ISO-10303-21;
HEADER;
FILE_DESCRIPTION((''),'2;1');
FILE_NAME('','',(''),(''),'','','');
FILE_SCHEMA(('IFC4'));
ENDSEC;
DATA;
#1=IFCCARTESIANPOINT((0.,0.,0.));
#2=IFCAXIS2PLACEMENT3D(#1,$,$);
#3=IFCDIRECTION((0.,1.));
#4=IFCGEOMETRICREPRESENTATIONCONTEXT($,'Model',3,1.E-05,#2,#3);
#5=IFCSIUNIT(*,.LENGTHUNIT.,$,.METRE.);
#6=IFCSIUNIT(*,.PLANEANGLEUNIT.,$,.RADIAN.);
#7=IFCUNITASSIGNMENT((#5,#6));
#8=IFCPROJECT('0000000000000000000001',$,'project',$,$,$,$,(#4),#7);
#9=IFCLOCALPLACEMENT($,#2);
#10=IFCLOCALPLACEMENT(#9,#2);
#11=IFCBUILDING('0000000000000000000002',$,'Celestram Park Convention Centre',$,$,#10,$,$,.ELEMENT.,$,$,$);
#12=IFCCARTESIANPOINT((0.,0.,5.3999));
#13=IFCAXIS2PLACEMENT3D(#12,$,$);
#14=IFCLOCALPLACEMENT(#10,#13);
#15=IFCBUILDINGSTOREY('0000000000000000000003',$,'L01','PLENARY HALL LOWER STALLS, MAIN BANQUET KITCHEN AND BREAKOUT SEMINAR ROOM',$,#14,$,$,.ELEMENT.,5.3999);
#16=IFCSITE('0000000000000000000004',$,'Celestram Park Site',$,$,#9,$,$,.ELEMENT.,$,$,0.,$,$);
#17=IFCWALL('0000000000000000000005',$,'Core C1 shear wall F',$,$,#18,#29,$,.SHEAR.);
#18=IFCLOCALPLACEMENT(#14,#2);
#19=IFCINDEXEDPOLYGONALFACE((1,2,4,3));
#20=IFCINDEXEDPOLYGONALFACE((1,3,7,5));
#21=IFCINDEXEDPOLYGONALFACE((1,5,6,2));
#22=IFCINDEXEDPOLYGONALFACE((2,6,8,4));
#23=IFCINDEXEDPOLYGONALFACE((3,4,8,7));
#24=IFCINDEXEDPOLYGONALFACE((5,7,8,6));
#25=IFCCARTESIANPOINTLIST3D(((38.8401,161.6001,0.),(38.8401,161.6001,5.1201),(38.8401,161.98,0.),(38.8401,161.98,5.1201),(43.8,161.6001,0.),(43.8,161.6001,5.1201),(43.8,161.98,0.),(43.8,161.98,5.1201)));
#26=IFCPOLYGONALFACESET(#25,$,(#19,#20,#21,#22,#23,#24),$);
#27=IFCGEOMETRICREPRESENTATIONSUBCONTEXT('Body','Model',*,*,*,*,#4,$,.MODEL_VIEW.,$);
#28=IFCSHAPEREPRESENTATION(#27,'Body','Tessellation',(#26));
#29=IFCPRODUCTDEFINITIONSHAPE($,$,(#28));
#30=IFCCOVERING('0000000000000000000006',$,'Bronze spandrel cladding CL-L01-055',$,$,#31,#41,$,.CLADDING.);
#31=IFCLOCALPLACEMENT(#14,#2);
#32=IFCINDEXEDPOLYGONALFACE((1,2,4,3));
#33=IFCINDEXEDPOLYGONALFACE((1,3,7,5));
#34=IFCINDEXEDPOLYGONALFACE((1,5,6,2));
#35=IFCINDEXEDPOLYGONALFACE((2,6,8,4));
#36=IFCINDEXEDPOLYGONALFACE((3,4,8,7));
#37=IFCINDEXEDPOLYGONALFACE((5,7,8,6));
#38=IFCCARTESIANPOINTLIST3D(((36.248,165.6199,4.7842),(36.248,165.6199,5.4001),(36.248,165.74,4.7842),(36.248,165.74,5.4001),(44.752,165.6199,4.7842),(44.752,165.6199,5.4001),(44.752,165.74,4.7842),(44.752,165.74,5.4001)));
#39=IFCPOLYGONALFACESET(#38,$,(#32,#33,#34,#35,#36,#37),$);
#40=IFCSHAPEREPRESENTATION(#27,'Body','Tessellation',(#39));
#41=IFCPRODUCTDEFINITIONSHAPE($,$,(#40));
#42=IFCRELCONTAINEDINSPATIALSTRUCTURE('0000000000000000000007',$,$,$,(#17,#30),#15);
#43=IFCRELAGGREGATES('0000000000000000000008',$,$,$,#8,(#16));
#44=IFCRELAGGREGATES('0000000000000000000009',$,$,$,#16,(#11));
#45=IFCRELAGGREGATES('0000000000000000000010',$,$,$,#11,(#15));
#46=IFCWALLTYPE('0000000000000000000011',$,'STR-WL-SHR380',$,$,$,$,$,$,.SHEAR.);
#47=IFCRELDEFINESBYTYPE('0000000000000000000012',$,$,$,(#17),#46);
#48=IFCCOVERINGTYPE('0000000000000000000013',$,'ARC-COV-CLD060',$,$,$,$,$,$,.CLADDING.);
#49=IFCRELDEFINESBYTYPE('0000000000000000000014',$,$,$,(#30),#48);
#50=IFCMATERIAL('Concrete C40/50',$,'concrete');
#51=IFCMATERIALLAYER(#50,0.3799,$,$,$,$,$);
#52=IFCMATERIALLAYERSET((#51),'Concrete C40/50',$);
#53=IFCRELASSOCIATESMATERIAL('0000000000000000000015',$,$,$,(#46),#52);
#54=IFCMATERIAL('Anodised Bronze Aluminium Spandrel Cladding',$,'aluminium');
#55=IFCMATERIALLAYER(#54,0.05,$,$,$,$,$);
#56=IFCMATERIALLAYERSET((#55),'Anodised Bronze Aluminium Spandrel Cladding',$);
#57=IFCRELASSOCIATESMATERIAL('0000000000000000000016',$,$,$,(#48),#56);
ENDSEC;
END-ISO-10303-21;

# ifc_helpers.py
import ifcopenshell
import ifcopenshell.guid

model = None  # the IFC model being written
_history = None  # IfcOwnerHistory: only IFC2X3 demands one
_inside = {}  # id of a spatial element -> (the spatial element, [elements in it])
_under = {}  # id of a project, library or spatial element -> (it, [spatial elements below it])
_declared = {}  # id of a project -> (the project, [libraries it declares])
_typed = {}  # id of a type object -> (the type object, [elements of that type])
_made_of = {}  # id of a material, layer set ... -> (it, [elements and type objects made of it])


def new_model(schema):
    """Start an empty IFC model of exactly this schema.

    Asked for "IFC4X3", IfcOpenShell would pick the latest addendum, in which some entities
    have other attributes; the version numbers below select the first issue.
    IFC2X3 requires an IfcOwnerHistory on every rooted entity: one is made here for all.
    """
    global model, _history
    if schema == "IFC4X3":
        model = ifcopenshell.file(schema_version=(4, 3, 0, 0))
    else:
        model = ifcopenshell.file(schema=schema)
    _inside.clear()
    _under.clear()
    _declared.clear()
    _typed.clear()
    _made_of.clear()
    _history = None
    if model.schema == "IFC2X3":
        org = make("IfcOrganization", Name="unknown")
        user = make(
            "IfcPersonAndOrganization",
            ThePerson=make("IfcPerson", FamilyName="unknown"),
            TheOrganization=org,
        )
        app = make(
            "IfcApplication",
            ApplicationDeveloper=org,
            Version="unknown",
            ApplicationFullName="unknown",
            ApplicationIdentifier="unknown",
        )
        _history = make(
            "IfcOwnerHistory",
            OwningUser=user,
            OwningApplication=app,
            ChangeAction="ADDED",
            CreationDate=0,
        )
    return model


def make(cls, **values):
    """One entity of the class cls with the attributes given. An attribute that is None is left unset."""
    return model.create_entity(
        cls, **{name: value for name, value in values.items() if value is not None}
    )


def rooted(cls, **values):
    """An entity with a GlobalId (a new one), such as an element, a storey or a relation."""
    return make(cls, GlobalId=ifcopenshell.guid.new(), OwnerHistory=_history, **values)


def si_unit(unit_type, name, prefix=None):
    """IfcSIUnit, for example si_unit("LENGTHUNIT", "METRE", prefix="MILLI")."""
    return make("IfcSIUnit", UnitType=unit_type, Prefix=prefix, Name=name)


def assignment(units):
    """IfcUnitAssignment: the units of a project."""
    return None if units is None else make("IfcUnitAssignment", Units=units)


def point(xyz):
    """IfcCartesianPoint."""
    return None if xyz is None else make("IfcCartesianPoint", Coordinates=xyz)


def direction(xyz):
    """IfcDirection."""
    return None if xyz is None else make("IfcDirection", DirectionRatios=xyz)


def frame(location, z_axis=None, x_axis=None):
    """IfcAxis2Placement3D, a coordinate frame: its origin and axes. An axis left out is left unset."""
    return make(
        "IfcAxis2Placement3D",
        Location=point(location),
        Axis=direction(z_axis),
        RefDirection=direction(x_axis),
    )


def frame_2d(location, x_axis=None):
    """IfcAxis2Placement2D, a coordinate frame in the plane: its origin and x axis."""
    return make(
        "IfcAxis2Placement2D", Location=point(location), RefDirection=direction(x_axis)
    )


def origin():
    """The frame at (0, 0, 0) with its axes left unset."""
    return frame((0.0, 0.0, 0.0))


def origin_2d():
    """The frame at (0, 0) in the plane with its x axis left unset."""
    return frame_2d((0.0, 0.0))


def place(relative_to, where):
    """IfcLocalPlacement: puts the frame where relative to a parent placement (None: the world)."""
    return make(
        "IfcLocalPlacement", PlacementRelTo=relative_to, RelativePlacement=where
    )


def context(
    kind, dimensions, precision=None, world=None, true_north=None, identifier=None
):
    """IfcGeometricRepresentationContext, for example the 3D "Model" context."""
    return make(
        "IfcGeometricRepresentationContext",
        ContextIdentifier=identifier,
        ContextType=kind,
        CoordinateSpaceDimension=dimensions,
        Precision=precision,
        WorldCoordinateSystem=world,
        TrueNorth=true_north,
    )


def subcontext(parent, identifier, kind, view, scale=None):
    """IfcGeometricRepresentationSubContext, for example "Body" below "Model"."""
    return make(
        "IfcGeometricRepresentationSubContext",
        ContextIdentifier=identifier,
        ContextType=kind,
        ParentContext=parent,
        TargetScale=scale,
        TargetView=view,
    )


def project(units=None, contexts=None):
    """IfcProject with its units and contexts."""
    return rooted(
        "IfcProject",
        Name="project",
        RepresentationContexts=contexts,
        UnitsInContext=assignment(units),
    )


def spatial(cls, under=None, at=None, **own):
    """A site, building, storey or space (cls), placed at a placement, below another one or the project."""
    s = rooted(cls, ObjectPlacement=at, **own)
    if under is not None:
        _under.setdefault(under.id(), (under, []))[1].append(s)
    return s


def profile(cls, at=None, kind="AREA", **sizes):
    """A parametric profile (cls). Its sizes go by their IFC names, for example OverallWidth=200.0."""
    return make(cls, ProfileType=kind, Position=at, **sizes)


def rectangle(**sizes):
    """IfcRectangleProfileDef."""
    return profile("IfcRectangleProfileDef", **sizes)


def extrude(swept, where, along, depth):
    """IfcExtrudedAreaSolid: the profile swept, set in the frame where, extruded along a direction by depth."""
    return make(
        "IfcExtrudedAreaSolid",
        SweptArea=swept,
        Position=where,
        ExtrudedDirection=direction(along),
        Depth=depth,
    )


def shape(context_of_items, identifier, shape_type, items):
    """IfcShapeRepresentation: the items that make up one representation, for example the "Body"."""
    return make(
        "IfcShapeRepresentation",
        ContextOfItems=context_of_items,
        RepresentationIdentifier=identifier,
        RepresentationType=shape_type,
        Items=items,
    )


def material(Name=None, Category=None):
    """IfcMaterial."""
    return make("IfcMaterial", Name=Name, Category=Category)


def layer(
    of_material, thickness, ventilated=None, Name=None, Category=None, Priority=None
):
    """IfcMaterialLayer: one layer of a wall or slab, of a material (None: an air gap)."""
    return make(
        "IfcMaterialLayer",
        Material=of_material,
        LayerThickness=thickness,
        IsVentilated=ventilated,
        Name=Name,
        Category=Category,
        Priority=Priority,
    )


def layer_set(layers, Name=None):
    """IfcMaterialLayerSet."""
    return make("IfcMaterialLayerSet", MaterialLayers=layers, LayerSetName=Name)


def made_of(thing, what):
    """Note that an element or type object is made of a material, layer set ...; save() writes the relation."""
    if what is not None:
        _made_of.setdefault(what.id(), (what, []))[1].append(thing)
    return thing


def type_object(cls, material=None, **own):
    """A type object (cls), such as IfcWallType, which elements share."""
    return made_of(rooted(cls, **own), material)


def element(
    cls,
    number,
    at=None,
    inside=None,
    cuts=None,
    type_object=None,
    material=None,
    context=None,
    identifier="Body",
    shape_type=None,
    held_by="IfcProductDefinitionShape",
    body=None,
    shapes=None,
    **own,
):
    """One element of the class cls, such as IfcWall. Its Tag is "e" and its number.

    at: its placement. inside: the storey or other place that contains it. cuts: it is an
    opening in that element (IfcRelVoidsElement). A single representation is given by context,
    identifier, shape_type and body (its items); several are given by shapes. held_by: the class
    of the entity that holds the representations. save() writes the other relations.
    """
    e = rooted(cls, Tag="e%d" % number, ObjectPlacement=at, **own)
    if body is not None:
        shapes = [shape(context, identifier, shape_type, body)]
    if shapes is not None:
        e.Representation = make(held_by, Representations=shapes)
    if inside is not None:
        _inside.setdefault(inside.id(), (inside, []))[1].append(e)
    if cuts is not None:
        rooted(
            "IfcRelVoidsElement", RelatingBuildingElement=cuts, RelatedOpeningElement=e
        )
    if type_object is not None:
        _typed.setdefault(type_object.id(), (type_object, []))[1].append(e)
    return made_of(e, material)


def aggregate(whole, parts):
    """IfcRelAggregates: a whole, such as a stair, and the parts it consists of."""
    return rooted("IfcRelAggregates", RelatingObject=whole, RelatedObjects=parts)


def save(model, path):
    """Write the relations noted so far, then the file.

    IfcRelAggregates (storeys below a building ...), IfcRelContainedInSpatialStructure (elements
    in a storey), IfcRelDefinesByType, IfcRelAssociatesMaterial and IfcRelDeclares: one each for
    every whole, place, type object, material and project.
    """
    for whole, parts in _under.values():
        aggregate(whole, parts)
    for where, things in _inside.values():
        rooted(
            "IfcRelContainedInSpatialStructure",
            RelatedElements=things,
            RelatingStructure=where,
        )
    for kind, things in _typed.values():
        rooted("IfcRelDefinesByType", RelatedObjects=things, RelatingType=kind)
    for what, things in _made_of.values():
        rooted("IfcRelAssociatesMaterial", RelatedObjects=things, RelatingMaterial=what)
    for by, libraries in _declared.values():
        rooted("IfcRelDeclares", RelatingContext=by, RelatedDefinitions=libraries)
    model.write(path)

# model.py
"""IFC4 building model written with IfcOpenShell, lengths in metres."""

from ifc_helpers import new_model, si_unit, direction, frame, frame_2d, origin, origin_2d, place, context, subcontext, project, spatial, rectangle, extrude, material, layer, layer_set, type_object, element, save


model = new_model("IFC4")

# Units and contexts
model_context = context("Model", 3, precision=1e-05, world=origin(), true_north=direction((0.0, 1.0)))
body_context = subcontext(model_context, "Body", "Model", "MODEL_VIEW")
ifc_project = project(units=[si_unit("LENGTHUNIT", "METRE"), si_unit("PLANEANGLEUNIT", "RADIAN")], contexts=[model_context])

# Site, building, storey
site_placement = place(None, origin())
site = spatial("IfcSite", under=ifc_project, at=site_placement, Name="Celestram Park Site", CompositionType="ELEMENT", RefElevation=0.0)
building_placement = place(site_placement, origin())
building = spatial("IfcBuilding", under=site, at=building_placement, Name="Celestram Park Convention Centre", CompositionType="ELEMENT")
storey_placement = place(building_placement, frame((0.0, 0.0, 5.3999)))
storey = spatial("IfcBuildingStorey", under=building, at=storey_placement, Name="L01", Description="PLENARY HALL LOWER STALLS, MAIN BANQUET KITCHEN AND BREAKOUT SEMINAR ROOM", CompositionType="ELEMENT", Elevation=5.3999)

# Shared definitions
ifc_material_1 = material(Name="Concrete C40/50", Category="concrete")

# Wall
ifc_layer_1 = layer(ifc_material_1, 0.3799)
ifc_layer_set_1 = layer_set([ifc_layer_1], Name="Concrete C40/50")
wall_type = type_object("IfcWallType", Name="STR-WL-SHR380", PredefinedType="SHEAR", material=ifc_layer_set_1)
wall_1_placement = place(storey_placement, frame((38.8401, 161.79, 0.0), z_axis=(0.0, 0.0, 1.0), x_axis=(1.0, 0.0, 0.0)))
element("IfcWall", 1, at=wall_1_placement, inside=storey, type_object=wall_type, Name="Core C1 shear wall F", PredefinedType="SHEAR", context=body_context, shape_type="SweptSolid", body=[
    extrude(rectangle(XDim=4.96, YDim=0.3799, at=frame_2d((2.48, 0.0))), origin(), (0.0, 0.0, 1.0), 5.1201),
])

# Covering
ifc_material_2 = material(Name="Anodised Bronze Aluminium Spandrel Cladding", Category="aluminium")
ifc_layer_2 = layer(ifc_material_2, 0.05)
ifc_layer_set_2 = layer_set([ifc_layer_2], Name="Anodised Bronze Aluminium Spandrel Cladding")
covering_type = type_object("IfcCoveringType", Name="ARC-COV-CLD060", PredefinedType="CLADDING", material=ifc_layer_set_2)
covering_placement = place(storey_placement, frame((40.5, 165.6799, 4.7842), z_axis=(0.0, 0.0, 1.0), x_axis=(1.0, 0.0, 0.0)))
element("IfcCovering", 2, at=covering_placement, inside=storey, type_object=covering_type, Name="Bronze spandrel cladding CL-L01-055", PredefinedType="CLADDING", context=body_context, shape_type="SweptSolid", body=[
    extrude(rectangle(XDim=8.5039, YDim=0.1201, at=origin_2d()), origin(), (0.0, 0.0, 1.0), 0.616),
])

save(model, "model.ifc")
